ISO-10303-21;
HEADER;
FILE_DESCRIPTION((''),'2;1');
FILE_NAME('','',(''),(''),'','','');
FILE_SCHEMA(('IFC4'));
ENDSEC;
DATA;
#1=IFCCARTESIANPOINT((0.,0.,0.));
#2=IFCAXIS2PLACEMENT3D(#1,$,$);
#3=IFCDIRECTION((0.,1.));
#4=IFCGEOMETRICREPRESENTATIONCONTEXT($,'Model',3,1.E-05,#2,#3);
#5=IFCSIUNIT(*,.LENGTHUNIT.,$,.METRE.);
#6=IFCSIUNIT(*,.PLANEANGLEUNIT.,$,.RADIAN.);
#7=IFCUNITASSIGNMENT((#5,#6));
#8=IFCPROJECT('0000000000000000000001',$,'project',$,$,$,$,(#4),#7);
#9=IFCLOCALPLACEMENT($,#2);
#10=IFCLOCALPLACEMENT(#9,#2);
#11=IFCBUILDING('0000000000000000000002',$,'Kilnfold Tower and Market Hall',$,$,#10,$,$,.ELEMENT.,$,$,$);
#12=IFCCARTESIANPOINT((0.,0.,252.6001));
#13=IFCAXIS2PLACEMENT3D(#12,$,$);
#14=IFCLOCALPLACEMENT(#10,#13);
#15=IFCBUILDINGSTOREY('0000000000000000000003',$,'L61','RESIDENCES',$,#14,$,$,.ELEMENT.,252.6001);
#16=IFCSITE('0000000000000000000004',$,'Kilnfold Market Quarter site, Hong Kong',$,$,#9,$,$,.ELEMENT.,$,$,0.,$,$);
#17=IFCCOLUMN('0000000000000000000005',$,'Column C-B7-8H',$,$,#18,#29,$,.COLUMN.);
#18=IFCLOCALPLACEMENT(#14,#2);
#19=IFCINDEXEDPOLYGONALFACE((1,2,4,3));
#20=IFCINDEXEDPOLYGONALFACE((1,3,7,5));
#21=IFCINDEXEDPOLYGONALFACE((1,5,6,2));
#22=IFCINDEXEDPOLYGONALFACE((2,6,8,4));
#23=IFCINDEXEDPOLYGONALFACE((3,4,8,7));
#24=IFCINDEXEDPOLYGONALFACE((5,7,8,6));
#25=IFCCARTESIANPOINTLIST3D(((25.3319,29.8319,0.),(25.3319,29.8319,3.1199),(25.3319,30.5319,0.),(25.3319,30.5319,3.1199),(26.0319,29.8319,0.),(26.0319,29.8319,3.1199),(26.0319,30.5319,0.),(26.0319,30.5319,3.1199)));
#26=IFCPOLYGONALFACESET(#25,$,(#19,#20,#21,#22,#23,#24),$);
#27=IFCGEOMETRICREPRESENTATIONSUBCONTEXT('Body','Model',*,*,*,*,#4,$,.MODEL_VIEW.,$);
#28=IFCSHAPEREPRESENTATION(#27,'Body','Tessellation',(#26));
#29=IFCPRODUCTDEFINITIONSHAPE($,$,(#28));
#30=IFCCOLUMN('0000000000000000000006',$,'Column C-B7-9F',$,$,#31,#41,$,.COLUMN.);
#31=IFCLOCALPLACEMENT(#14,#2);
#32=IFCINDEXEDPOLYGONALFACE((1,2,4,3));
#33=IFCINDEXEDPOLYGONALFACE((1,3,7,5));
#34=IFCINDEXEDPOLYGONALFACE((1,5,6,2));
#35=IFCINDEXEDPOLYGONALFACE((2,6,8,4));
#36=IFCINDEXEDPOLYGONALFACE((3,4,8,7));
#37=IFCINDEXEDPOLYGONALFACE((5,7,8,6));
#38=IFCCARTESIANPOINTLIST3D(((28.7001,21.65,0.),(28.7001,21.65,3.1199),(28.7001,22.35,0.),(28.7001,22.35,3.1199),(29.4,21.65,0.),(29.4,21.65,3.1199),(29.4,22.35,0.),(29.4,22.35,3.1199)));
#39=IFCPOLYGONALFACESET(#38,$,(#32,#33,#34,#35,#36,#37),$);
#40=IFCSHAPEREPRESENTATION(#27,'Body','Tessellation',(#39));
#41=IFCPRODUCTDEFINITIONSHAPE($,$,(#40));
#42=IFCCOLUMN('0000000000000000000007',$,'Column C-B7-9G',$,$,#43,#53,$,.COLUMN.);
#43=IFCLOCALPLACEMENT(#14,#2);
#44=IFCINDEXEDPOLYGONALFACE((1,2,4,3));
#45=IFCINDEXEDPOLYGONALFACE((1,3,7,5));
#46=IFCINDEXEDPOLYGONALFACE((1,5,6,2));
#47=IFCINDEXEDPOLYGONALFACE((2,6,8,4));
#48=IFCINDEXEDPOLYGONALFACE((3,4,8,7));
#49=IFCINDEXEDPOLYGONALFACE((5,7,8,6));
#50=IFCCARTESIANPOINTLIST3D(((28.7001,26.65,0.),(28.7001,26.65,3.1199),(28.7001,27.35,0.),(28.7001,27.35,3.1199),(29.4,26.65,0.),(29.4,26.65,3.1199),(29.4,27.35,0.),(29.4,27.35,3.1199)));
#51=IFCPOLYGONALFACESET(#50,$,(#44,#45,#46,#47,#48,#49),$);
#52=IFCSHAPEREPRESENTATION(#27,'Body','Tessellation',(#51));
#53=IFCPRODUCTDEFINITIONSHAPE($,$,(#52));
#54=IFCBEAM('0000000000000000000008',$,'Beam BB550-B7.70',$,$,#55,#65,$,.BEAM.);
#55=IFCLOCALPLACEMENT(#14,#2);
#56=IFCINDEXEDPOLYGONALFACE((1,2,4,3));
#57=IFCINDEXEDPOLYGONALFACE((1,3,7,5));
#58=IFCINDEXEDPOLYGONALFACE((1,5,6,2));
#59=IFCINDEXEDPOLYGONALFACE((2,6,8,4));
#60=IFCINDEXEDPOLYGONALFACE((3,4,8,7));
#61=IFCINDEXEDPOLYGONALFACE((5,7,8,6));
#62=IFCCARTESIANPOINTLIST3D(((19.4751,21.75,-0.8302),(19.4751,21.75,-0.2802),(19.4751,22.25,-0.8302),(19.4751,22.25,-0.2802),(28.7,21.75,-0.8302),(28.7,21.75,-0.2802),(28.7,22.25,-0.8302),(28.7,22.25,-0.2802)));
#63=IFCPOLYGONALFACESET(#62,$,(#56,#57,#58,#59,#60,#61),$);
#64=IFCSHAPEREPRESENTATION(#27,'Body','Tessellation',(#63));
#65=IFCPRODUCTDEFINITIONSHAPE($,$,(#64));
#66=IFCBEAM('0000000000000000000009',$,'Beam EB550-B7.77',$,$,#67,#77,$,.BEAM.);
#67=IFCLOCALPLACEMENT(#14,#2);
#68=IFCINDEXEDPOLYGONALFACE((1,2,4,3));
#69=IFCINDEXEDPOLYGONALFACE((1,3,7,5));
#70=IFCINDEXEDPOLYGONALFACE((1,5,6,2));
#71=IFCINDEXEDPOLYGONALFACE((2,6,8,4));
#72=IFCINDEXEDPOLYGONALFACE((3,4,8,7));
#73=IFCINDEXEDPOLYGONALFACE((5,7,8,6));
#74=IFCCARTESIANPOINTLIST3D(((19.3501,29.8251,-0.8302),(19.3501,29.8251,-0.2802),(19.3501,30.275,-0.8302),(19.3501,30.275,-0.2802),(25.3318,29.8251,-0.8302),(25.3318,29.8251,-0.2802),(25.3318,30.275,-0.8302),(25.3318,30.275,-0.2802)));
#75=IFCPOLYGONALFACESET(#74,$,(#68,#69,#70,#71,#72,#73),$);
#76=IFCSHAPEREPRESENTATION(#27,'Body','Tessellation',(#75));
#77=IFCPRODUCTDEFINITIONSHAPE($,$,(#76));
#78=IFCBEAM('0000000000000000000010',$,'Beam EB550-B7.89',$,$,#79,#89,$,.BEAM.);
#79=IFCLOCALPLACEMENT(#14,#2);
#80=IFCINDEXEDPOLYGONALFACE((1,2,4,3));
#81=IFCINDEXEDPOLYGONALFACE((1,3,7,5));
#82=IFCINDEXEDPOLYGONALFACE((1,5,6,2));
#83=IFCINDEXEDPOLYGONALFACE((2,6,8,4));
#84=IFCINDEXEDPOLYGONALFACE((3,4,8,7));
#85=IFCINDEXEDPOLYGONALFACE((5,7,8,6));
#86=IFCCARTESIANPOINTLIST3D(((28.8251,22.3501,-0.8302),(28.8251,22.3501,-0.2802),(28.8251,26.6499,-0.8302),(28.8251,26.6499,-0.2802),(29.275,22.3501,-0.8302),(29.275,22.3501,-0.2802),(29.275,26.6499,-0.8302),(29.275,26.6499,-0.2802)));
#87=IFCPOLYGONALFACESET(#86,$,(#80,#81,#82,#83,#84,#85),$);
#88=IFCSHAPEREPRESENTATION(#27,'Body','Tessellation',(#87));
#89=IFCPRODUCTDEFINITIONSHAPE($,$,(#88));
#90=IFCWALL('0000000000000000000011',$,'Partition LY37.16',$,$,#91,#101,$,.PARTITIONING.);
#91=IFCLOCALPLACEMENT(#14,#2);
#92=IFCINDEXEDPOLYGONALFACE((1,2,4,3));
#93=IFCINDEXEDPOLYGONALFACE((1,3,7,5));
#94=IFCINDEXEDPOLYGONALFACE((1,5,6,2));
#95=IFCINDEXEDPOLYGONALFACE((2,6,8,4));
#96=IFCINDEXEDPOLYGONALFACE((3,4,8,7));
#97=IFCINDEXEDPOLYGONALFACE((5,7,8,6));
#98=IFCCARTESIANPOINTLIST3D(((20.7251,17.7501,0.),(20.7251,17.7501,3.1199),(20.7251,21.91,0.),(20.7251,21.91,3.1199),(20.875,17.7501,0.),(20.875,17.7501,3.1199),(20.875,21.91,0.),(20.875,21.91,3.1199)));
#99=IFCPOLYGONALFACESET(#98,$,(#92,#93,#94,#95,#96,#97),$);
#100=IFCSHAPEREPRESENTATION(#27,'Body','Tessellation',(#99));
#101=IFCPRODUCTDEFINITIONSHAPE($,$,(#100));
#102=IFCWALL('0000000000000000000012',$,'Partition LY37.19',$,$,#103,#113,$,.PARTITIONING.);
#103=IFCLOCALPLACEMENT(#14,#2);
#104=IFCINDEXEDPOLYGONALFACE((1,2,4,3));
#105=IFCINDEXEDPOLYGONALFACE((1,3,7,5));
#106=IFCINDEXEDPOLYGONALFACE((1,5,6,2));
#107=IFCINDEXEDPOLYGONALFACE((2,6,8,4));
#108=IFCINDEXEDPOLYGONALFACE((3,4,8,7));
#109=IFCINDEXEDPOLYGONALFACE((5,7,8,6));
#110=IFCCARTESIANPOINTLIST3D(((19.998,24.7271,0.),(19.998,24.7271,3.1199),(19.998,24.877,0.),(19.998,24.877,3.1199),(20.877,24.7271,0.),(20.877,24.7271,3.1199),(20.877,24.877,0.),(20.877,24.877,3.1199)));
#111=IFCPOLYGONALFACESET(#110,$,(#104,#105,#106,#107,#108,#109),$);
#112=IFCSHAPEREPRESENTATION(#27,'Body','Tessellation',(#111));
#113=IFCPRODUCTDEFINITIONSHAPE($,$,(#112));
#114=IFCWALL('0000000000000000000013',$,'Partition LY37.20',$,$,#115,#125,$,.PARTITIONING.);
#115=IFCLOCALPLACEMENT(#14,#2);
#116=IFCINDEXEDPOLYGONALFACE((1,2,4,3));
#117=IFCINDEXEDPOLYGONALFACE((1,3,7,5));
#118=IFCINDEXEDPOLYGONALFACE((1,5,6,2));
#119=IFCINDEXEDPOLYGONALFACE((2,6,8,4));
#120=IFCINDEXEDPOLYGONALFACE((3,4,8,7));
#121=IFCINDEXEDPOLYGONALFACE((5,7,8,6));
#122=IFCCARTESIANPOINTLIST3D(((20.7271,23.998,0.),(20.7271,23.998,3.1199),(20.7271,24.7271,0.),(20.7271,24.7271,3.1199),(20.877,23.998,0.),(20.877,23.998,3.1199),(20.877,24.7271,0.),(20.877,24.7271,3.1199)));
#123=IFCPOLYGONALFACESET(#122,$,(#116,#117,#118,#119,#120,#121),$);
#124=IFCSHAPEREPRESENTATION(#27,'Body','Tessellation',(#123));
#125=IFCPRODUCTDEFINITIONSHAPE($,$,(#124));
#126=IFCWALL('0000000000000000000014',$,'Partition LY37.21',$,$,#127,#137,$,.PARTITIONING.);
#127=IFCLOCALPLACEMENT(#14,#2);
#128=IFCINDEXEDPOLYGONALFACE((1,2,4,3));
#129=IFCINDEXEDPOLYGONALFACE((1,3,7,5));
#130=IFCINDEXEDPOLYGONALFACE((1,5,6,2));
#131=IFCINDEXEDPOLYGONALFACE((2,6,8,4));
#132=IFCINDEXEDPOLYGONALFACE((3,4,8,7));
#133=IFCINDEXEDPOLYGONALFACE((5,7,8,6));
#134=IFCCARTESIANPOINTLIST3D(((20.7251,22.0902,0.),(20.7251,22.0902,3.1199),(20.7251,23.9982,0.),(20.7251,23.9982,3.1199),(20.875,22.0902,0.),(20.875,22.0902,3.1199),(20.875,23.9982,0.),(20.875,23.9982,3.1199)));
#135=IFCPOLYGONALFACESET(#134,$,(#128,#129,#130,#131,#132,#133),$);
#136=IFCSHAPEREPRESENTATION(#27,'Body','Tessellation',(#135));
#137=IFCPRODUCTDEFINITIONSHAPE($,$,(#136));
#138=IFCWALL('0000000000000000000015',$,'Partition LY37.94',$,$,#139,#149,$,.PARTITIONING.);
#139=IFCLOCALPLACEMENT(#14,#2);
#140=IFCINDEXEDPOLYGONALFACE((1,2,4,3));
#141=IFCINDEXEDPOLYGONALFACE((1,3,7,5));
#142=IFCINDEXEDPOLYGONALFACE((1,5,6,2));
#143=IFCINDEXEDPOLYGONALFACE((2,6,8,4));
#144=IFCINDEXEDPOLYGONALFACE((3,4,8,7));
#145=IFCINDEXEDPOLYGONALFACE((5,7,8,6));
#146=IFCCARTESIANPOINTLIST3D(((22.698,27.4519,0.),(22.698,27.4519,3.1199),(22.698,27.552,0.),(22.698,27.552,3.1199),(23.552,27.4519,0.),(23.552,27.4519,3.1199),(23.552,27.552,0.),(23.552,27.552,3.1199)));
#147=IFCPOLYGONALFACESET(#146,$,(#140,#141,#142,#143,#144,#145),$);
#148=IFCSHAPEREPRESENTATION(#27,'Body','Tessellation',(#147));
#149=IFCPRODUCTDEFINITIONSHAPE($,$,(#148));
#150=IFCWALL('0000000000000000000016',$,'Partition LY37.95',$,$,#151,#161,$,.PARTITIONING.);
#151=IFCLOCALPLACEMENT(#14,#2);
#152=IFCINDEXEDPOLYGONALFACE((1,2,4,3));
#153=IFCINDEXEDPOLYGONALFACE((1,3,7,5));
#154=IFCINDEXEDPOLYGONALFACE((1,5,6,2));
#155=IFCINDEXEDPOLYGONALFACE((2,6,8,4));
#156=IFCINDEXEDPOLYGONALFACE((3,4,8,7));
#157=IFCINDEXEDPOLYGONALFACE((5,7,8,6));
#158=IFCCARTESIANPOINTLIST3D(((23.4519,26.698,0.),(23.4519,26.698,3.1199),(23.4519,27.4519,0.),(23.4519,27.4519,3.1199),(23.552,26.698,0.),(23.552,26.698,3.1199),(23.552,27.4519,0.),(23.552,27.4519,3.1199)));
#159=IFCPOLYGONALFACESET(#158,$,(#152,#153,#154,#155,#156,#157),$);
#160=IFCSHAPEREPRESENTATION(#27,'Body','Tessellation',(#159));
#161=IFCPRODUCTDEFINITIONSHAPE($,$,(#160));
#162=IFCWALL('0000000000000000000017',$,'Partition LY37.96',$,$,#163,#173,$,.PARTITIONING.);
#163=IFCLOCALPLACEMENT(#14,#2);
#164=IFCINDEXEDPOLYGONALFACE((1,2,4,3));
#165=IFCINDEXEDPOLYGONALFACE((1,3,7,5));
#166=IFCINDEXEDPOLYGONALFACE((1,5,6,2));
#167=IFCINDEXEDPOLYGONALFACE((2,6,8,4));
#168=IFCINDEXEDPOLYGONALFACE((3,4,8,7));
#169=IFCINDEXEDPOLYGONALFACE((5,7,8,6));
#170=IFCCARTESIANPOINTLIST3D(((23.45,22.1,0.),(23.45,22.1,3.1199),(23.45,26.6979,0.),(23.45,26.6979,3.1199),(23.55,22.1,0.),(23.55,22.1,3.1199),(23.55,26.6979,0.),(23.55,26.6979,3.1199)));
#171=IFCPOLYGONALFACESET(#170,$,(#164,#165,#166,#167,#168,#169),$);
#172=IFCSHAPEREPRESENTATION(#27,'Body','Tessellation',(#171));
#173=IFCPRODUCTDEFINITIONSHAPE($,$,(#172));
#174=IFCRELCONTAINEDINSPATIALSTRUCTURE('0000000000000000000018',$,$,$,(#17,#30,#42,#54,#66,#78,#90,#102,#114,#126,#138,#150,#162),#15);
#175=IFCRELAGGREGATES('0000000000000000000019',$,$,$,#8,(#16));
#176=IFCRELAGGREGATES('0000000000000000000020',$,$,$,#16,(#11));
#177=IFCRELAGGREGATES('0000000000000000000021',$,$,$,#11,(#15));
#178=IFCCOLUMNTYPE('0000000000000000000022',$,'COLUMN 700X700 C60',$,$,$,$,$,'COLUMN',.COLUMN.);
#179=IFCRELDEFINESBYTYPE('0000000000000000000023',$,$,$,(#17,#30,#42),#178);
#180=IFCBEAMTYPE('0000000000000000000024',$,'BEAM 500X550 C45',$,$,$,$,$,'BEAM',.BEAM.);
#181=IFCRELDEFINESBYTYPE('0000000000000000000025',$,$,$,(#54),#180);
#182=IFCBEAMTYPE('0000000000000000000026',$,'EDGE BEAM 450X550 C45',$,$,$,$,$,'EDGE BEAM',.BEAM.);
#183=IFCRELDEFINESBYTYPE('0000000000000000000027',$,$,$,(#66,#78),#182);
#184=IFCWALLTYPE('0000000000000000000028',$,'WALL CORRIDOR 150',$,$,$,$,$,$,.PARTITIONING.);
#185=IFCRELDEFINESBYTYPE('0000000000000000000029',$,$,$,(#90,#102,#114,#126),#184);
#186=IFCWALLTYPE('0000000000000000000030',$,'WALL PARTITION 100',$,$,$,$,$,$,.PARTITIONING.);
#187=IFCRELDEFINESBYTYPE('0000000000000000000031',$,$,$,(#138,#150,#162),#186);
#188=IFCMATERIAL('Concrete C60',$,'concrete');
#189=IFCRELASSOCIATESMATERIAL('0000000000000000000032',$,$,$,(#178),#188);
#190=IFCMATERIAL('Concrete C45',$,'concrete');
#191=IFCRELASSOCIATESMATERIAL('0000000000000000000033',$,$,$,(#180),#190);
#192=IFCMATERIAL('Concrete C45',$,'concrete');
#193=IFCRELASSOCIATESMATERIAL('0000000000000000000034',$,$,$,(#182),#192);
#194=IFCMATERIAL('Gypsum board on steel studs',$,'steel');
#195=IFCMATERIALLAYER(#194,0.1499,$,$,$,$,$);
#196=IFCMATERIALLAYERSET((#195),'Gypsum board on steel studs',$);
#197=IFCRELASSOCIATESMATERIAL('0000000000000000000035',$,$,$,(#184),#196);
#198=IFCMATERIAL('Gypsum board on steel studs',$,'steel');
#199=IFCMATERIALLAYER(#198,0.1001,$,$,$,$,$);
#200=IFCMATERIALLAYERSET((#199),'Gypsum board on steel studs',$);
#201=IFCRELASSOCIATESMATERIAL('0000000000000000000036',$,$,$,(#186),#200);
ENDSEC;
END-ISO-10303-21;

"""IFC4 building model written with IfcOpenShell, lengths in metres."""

from ifc_helpers import new_model, si_unit, direction, frame, frame_2d, origin, origin_2d, place, context, subcontext, project, spatial, rectangle, extrude, source, transform, mapped, material, layer, layer_set, material_profile, profile_set, type_object, element, save


model = new_model("IFC4")

# Units and contexts
model_context = context("Model", 3, precision=1e-05, world=origin(), true_north=direction((0.0, 1.0)))
body_context = subcontext(model_context, "Body", "Model", "MODEL_VIEW")
ifc_project = project(units=[si_unit("LENGTHUNIT", "METRE"), si_unit("PLANEANGLEUNIT", "RADIAN")], contexts=[model_context])

# Site, building, storey
site_placement = place(None, origin())
site = spatial("IfcSite", under=ifc_project, at=site_placement, Name="Kilnfold Market Quarter site, Hong Kong", CompositionType="ELEMENT", RefElevation=0.0)
building_placement = place(site_placement, origin())
building = spatial("IfcBuilding", under=site, at=building_placement, Name="Kilnfold Tower and Market Hall", CompositionType="ELEMENT")
storey_placement = place(building_placement, frame((0.0, 0.0, 252.6001)))
storey = spatial("IfcBuildingStorey", under=building, at=storey_placement, Name="L61", Description="RESIDENCES", CompositionType="ELEMENT", Elevation=252.6001)

# Columns
ifc_material_1 = material(Name="Concrete C60", Category="concrete")
ifc_material_profile_1 = material_profile(ifc_material_1, rectangle(XDim=0.7, YDim=0.7, at=origin_2d()), Name="RC 700x700")
ifc_profile_set_1 = profile_set([ifc_material_profile_1], Name="Concrete C60")
column_type = type_object("IfcColumnType", Name="COLUMN 700X700 C60", ElementType="COLUMN", PredefinedType="COLUMN", material=ifc_profile_set_1)
shared_shape_1 = source(origin(), body_context, "Body", "SweptSolid", [
    extrude(rectangle(XDim=0.7, YDim=0.7, at=origin_2d()), origin(), (0.0, 0.0, 1.0), 3.1199),
])
for number, where, z_axis, x_axis, name in (
    (1, (25.6819, 30.1819, 0.0), (0.0, 0.0, 1.0), (1.0, 0.0, 0.0), "Column C-B7-8H"),
    (2, (29.05, 22.0, 0.0), (0.0, 0.0, 1.0), (1.0, 0.0, 0.0), "Column C-B7-9F"),
    (3, (29.05, 27.0, 0.0), (0.0, 0.0, 1.0), (1.0, 0.0, 0.0), "Column C-B7-9G"),
):
    element("IfcColumn", number, at=place(storey_placement, frame(where, z_axis=z_axis, x_axis=x_axis)), inside=storey, type_object=column_type, Name=name, PredefinedType="COLUMN", context=body_context, shape_type="MappedRepresentation", body=[
        mapped(shared_shape_1, transform((0.0, 0.0, 0.0))),
    ])

# Beams
ifc_material_2 = material(Name="Concrete C45", Category="concrete")
ifc_material_profile_2 = material_profile(ifc_material_2, rectangle(XDim=0.5, YDim=0.55, at=origin_2d()), Name="RC 500x550")
ifc_profile_set_2 = profile_set([ifc_material_profile_2], Name="Concrete C45")
beam_type_1 = type_object("IfcBeamType", Name="BEAM 500X550 C45", ElementType="BEAM", PredefinedType="BEAM", material=ifc_profile_set_2)
shared_shape_2 = source(origin(), body_context, "Body", "SweptSolid", [
    extrude(rectangle(XDim=0.5, YDim=0.55, at=origin_2d()), origin(), (0.0, 0.0, 1.0), 9.2249),
])
beam_1_placement = place(storey_placement, frame((19.4751, 22.0, -0.5552), z_axis=(1.0, 0.0, 0.0), x_axis=(0.0, 1.0, 0.0)))
element("IfcBeam", 4, at=beam_1_placement, inside=storey, type_object=beam_type_1, Name="Beam BB550-B7.70", PredefinedType="BEAM", context=body_context, shape_type="MappedRepresentation", body=[
    mapped(shared_shape_2, transform((0.0, 0.0, 0.0))),
])
ifc_material_3 = material(Name="Concrete C45", Category="concrete")
ifc_material_profile_3 = material_profile(ifc_material_3, rectangle(XDim=0.45, YDim=0.55, at=origin_2d()), Name="RC 450x550")
ifc_profile_set_3 = profile_set([ifc_material_profile_3], Name="Concrete C45")
beam_type_2 = type_object("IfcBeamType", Name="EDGE BEAM 450X550 C45", ElementType="EDGE BEAM", PredefinedType="BEAM", material=ifc_profile_set_3)
shared_shape_3 = source(origin(), body_context, "Body", "SweptSolid", [
    extrude(rectangle(XDim=0.45, YDim=0.55, at=origin_2d()), origin(), (0.0, 0.0, 1.0), 5.9817),
])
beam_2_placement = place(storey_placement, frame((19.3501, 30.05, -0.5552), z_axis=(1.0, 0.0, 0.0), x_axis=(0.0, 1.0, 0.0)))
element("IfcBeam", 5, at=beam_2_placement, inside=storey, type_object=beam_type_2, Name="Beam EB550-B7.77", PredefinedType="BEAM", context=body_context, shape_type="MappedRepresentation", body=[
    mapped(shared_shape_3, transform((0.0, 0.0, 0.0))),
])
shared_shape_4 = source(origin(), body_context, "Body", "SweptSolid", [
    extrude(rectangle(XDim=0.45, YDim=0.55, at=origin_2d()), origin(), (0.0, 0.0, 1.0), 4.2998),
])
beam_3_placement = place(storey_placement, frame((29.05, 22.3501, -0.5552), z_axis=(0.0, 1.0, 0.0), x_axis=(-1.0, 0.0, 0.0)))
element("IfcBeam", 6, at=beam_3_placement, inside=storey, type_object=beam_type_2, Name="Beam EB550-B7.89", PredefinedType="BEAM", context=body_context, shape_type="MappedRepresentation", body=[
    mapped(shared_shape_4, transform((0.0, 0.0, 0.0))),
])

# Walls
ifc_material_4 = material(Name="Gypsum board on steel studs", Category="steel")
ifc_layer_1 = layer(ifc_material_4, 0.1499)
ifc_layer_set_1 = layer_set([ifc_layer_1], Name="Gypsum board on steel studs")
wall_type_1 = type_object("IfcWallType", Name="WALL CORRIDOR 150", PredefinedType="PARTITIONING", material=ifc_layer_set_1)
wall_1_placement = place(storey_placement, frame((20.8, 17.75, 0.0), z_axis=(0.0, 0.0, 1.0), x_axis=(0.0, 1.0, 0.0)))
element("IfcWall", 7, at=wall_1_placement, inside=storey, type_object=wall_type_1, Name="Partition LY37.16", PredefinedType="PARTITIONING", context=body_context, shape_type="SweptSolid", body=[
    extrude(rectangle(XDim=4.1599, YDim=0.1499, at=frame_2d((2.0801, 0.0))), origin(), (0.0, 0.0, 1.0), 3.1199),
])
wall_2_placement = place(storey_placement, frame((20.877, 24.802, 0.0), z_axis=(0.0, 0.0, 1.0), x_axis=(-1.0, 0.0, 0.0)))
element("IfcWall", 8, at=wall_2_placement, inside=storey, type_object=wall_type_1, Name="Partition LY37.19", PredefinedType="PARTITIONING", context=body_context, shape_type="SweptSolid", body=[
    extrude(rectangle(XDim=0.8789, YDim=0.1499, at=frame_2d((0.4395, 0.0))), origin(), (0.0, 0.0, 1.0), 3.1199),
])
wall_3_placement = place(storey_placement, frame((20.802, 23.998, 0.0), z_axis=(0.0, 0.0, 1.0), x_axis=(0.0, 1.0, 0.0)))
element("IfcWall", 9, at=wall_3_placement, inside=storey, type_object=wall_type_1, Name="Partition LY37.20", PredefinedType="PARTITIONING", context=body_context, shape_type="SweptSolid", body=[
    extrude(rectangle(XDim=0.729, YDim=0.1499, at=frame_2d((0.3645, 0.0))), origin(), (0.0, 0.0, 1.0), 3.1199),
])
wall_4_placement = place(storey_placement, frame((20.8, 22.0901, 0.0), z_axis=(0.0, 0.0, 1.0), x_axis=(0.0, 1.0, 0.0)))
element("IfcWall", 10, at=wall_4_placement, inside=storey, type_object=wall_type_1, Name="Partition LY37.21", PredefinedType="PARTITIONING", context=body_context, shape_type="SweptSolid", body=[
    extrude(rectangle(XDim=1.908, YDim=0.1499, at=frame_2d((0.9541, 0.0))), origin(), (0.0, 0.0, 1.0), 3.1199),
])
ifc_material_5 = material(Name="Gypsum board on steel studs", Category="steel")
ifc_layer_2 = layer(ifc_material_5, 0.1001)
ifc_layer_set_2 = layer_set([ifc_layer_2], Name="Gypsum board on steel studs")
wall_type_2 = type_object("IfcWallType", Name="WALL PARTITION 100", PredefinedType="PARTITIONING", material=ifc_layer_set_2)
wall_5_placement = place(storey_placement, frame((23.552, 27.502, 0.0), z_axis=(0.0, 0.0, 1.0), x_axis=(-1.0, 0.0, 0.0)))
element("IfcWall", 11, at=wall_5_placement, inside=storey, type_object=wall_type_2, Name="Partition LY37.94", PredefinedType="PARTITIONING", context=body_context, shape_type="SweptSolid", body=[
    extrude(rectangle(XDim=0.854, YDim=0.1001, at=frame_2d((0.427, 0.0))), origin(), (0.0, 0.0, 1.0), 3.1199),
])
wall_6_placement = place(storey_placement, frame((23.502, 26.698, 0.0), z_axis=(0.0, 0.0, 1.0), x_axis=(0.0, 1.0, 0.0)))
element("IfcWall", 12, at=wall_6_placement, inside=storey, type_object=wall_type_2, Name="Partition LY37.95", PredefinedType="PARTITIONING", context=body_context, shape_type="SweptSolid", body=[
    extrude(rectangle(XDim=0.7539, YDim=0.1001, at=frame_2d((0.377, 0.0))), origin(), (0.0, 0.0, 1.0), 3.1199),
])
wall_7_placement = place(storey_placement, frame((23.5, 22.1001, 0.0), z_axis=(0.0, 0.0, 1.0), x_axis=(0.0, 1.0, 0.0)))
element("IfcWall", 13, at=wall_7_placement, inside=storey, type_object=wall_type_2, Name="Partition LY37.96", PredefinedType="PARTITIONING", context=body_context, shape_type="SweptSolid", body=[
    extrude(rectangle(XDim=4.5979, YDim=0.1001, at=frame_2d((2.2988, 0.0))), origin(), (0.0, 0.0, 1.0), 3.1199),
])

save(model, "model.ifc")
